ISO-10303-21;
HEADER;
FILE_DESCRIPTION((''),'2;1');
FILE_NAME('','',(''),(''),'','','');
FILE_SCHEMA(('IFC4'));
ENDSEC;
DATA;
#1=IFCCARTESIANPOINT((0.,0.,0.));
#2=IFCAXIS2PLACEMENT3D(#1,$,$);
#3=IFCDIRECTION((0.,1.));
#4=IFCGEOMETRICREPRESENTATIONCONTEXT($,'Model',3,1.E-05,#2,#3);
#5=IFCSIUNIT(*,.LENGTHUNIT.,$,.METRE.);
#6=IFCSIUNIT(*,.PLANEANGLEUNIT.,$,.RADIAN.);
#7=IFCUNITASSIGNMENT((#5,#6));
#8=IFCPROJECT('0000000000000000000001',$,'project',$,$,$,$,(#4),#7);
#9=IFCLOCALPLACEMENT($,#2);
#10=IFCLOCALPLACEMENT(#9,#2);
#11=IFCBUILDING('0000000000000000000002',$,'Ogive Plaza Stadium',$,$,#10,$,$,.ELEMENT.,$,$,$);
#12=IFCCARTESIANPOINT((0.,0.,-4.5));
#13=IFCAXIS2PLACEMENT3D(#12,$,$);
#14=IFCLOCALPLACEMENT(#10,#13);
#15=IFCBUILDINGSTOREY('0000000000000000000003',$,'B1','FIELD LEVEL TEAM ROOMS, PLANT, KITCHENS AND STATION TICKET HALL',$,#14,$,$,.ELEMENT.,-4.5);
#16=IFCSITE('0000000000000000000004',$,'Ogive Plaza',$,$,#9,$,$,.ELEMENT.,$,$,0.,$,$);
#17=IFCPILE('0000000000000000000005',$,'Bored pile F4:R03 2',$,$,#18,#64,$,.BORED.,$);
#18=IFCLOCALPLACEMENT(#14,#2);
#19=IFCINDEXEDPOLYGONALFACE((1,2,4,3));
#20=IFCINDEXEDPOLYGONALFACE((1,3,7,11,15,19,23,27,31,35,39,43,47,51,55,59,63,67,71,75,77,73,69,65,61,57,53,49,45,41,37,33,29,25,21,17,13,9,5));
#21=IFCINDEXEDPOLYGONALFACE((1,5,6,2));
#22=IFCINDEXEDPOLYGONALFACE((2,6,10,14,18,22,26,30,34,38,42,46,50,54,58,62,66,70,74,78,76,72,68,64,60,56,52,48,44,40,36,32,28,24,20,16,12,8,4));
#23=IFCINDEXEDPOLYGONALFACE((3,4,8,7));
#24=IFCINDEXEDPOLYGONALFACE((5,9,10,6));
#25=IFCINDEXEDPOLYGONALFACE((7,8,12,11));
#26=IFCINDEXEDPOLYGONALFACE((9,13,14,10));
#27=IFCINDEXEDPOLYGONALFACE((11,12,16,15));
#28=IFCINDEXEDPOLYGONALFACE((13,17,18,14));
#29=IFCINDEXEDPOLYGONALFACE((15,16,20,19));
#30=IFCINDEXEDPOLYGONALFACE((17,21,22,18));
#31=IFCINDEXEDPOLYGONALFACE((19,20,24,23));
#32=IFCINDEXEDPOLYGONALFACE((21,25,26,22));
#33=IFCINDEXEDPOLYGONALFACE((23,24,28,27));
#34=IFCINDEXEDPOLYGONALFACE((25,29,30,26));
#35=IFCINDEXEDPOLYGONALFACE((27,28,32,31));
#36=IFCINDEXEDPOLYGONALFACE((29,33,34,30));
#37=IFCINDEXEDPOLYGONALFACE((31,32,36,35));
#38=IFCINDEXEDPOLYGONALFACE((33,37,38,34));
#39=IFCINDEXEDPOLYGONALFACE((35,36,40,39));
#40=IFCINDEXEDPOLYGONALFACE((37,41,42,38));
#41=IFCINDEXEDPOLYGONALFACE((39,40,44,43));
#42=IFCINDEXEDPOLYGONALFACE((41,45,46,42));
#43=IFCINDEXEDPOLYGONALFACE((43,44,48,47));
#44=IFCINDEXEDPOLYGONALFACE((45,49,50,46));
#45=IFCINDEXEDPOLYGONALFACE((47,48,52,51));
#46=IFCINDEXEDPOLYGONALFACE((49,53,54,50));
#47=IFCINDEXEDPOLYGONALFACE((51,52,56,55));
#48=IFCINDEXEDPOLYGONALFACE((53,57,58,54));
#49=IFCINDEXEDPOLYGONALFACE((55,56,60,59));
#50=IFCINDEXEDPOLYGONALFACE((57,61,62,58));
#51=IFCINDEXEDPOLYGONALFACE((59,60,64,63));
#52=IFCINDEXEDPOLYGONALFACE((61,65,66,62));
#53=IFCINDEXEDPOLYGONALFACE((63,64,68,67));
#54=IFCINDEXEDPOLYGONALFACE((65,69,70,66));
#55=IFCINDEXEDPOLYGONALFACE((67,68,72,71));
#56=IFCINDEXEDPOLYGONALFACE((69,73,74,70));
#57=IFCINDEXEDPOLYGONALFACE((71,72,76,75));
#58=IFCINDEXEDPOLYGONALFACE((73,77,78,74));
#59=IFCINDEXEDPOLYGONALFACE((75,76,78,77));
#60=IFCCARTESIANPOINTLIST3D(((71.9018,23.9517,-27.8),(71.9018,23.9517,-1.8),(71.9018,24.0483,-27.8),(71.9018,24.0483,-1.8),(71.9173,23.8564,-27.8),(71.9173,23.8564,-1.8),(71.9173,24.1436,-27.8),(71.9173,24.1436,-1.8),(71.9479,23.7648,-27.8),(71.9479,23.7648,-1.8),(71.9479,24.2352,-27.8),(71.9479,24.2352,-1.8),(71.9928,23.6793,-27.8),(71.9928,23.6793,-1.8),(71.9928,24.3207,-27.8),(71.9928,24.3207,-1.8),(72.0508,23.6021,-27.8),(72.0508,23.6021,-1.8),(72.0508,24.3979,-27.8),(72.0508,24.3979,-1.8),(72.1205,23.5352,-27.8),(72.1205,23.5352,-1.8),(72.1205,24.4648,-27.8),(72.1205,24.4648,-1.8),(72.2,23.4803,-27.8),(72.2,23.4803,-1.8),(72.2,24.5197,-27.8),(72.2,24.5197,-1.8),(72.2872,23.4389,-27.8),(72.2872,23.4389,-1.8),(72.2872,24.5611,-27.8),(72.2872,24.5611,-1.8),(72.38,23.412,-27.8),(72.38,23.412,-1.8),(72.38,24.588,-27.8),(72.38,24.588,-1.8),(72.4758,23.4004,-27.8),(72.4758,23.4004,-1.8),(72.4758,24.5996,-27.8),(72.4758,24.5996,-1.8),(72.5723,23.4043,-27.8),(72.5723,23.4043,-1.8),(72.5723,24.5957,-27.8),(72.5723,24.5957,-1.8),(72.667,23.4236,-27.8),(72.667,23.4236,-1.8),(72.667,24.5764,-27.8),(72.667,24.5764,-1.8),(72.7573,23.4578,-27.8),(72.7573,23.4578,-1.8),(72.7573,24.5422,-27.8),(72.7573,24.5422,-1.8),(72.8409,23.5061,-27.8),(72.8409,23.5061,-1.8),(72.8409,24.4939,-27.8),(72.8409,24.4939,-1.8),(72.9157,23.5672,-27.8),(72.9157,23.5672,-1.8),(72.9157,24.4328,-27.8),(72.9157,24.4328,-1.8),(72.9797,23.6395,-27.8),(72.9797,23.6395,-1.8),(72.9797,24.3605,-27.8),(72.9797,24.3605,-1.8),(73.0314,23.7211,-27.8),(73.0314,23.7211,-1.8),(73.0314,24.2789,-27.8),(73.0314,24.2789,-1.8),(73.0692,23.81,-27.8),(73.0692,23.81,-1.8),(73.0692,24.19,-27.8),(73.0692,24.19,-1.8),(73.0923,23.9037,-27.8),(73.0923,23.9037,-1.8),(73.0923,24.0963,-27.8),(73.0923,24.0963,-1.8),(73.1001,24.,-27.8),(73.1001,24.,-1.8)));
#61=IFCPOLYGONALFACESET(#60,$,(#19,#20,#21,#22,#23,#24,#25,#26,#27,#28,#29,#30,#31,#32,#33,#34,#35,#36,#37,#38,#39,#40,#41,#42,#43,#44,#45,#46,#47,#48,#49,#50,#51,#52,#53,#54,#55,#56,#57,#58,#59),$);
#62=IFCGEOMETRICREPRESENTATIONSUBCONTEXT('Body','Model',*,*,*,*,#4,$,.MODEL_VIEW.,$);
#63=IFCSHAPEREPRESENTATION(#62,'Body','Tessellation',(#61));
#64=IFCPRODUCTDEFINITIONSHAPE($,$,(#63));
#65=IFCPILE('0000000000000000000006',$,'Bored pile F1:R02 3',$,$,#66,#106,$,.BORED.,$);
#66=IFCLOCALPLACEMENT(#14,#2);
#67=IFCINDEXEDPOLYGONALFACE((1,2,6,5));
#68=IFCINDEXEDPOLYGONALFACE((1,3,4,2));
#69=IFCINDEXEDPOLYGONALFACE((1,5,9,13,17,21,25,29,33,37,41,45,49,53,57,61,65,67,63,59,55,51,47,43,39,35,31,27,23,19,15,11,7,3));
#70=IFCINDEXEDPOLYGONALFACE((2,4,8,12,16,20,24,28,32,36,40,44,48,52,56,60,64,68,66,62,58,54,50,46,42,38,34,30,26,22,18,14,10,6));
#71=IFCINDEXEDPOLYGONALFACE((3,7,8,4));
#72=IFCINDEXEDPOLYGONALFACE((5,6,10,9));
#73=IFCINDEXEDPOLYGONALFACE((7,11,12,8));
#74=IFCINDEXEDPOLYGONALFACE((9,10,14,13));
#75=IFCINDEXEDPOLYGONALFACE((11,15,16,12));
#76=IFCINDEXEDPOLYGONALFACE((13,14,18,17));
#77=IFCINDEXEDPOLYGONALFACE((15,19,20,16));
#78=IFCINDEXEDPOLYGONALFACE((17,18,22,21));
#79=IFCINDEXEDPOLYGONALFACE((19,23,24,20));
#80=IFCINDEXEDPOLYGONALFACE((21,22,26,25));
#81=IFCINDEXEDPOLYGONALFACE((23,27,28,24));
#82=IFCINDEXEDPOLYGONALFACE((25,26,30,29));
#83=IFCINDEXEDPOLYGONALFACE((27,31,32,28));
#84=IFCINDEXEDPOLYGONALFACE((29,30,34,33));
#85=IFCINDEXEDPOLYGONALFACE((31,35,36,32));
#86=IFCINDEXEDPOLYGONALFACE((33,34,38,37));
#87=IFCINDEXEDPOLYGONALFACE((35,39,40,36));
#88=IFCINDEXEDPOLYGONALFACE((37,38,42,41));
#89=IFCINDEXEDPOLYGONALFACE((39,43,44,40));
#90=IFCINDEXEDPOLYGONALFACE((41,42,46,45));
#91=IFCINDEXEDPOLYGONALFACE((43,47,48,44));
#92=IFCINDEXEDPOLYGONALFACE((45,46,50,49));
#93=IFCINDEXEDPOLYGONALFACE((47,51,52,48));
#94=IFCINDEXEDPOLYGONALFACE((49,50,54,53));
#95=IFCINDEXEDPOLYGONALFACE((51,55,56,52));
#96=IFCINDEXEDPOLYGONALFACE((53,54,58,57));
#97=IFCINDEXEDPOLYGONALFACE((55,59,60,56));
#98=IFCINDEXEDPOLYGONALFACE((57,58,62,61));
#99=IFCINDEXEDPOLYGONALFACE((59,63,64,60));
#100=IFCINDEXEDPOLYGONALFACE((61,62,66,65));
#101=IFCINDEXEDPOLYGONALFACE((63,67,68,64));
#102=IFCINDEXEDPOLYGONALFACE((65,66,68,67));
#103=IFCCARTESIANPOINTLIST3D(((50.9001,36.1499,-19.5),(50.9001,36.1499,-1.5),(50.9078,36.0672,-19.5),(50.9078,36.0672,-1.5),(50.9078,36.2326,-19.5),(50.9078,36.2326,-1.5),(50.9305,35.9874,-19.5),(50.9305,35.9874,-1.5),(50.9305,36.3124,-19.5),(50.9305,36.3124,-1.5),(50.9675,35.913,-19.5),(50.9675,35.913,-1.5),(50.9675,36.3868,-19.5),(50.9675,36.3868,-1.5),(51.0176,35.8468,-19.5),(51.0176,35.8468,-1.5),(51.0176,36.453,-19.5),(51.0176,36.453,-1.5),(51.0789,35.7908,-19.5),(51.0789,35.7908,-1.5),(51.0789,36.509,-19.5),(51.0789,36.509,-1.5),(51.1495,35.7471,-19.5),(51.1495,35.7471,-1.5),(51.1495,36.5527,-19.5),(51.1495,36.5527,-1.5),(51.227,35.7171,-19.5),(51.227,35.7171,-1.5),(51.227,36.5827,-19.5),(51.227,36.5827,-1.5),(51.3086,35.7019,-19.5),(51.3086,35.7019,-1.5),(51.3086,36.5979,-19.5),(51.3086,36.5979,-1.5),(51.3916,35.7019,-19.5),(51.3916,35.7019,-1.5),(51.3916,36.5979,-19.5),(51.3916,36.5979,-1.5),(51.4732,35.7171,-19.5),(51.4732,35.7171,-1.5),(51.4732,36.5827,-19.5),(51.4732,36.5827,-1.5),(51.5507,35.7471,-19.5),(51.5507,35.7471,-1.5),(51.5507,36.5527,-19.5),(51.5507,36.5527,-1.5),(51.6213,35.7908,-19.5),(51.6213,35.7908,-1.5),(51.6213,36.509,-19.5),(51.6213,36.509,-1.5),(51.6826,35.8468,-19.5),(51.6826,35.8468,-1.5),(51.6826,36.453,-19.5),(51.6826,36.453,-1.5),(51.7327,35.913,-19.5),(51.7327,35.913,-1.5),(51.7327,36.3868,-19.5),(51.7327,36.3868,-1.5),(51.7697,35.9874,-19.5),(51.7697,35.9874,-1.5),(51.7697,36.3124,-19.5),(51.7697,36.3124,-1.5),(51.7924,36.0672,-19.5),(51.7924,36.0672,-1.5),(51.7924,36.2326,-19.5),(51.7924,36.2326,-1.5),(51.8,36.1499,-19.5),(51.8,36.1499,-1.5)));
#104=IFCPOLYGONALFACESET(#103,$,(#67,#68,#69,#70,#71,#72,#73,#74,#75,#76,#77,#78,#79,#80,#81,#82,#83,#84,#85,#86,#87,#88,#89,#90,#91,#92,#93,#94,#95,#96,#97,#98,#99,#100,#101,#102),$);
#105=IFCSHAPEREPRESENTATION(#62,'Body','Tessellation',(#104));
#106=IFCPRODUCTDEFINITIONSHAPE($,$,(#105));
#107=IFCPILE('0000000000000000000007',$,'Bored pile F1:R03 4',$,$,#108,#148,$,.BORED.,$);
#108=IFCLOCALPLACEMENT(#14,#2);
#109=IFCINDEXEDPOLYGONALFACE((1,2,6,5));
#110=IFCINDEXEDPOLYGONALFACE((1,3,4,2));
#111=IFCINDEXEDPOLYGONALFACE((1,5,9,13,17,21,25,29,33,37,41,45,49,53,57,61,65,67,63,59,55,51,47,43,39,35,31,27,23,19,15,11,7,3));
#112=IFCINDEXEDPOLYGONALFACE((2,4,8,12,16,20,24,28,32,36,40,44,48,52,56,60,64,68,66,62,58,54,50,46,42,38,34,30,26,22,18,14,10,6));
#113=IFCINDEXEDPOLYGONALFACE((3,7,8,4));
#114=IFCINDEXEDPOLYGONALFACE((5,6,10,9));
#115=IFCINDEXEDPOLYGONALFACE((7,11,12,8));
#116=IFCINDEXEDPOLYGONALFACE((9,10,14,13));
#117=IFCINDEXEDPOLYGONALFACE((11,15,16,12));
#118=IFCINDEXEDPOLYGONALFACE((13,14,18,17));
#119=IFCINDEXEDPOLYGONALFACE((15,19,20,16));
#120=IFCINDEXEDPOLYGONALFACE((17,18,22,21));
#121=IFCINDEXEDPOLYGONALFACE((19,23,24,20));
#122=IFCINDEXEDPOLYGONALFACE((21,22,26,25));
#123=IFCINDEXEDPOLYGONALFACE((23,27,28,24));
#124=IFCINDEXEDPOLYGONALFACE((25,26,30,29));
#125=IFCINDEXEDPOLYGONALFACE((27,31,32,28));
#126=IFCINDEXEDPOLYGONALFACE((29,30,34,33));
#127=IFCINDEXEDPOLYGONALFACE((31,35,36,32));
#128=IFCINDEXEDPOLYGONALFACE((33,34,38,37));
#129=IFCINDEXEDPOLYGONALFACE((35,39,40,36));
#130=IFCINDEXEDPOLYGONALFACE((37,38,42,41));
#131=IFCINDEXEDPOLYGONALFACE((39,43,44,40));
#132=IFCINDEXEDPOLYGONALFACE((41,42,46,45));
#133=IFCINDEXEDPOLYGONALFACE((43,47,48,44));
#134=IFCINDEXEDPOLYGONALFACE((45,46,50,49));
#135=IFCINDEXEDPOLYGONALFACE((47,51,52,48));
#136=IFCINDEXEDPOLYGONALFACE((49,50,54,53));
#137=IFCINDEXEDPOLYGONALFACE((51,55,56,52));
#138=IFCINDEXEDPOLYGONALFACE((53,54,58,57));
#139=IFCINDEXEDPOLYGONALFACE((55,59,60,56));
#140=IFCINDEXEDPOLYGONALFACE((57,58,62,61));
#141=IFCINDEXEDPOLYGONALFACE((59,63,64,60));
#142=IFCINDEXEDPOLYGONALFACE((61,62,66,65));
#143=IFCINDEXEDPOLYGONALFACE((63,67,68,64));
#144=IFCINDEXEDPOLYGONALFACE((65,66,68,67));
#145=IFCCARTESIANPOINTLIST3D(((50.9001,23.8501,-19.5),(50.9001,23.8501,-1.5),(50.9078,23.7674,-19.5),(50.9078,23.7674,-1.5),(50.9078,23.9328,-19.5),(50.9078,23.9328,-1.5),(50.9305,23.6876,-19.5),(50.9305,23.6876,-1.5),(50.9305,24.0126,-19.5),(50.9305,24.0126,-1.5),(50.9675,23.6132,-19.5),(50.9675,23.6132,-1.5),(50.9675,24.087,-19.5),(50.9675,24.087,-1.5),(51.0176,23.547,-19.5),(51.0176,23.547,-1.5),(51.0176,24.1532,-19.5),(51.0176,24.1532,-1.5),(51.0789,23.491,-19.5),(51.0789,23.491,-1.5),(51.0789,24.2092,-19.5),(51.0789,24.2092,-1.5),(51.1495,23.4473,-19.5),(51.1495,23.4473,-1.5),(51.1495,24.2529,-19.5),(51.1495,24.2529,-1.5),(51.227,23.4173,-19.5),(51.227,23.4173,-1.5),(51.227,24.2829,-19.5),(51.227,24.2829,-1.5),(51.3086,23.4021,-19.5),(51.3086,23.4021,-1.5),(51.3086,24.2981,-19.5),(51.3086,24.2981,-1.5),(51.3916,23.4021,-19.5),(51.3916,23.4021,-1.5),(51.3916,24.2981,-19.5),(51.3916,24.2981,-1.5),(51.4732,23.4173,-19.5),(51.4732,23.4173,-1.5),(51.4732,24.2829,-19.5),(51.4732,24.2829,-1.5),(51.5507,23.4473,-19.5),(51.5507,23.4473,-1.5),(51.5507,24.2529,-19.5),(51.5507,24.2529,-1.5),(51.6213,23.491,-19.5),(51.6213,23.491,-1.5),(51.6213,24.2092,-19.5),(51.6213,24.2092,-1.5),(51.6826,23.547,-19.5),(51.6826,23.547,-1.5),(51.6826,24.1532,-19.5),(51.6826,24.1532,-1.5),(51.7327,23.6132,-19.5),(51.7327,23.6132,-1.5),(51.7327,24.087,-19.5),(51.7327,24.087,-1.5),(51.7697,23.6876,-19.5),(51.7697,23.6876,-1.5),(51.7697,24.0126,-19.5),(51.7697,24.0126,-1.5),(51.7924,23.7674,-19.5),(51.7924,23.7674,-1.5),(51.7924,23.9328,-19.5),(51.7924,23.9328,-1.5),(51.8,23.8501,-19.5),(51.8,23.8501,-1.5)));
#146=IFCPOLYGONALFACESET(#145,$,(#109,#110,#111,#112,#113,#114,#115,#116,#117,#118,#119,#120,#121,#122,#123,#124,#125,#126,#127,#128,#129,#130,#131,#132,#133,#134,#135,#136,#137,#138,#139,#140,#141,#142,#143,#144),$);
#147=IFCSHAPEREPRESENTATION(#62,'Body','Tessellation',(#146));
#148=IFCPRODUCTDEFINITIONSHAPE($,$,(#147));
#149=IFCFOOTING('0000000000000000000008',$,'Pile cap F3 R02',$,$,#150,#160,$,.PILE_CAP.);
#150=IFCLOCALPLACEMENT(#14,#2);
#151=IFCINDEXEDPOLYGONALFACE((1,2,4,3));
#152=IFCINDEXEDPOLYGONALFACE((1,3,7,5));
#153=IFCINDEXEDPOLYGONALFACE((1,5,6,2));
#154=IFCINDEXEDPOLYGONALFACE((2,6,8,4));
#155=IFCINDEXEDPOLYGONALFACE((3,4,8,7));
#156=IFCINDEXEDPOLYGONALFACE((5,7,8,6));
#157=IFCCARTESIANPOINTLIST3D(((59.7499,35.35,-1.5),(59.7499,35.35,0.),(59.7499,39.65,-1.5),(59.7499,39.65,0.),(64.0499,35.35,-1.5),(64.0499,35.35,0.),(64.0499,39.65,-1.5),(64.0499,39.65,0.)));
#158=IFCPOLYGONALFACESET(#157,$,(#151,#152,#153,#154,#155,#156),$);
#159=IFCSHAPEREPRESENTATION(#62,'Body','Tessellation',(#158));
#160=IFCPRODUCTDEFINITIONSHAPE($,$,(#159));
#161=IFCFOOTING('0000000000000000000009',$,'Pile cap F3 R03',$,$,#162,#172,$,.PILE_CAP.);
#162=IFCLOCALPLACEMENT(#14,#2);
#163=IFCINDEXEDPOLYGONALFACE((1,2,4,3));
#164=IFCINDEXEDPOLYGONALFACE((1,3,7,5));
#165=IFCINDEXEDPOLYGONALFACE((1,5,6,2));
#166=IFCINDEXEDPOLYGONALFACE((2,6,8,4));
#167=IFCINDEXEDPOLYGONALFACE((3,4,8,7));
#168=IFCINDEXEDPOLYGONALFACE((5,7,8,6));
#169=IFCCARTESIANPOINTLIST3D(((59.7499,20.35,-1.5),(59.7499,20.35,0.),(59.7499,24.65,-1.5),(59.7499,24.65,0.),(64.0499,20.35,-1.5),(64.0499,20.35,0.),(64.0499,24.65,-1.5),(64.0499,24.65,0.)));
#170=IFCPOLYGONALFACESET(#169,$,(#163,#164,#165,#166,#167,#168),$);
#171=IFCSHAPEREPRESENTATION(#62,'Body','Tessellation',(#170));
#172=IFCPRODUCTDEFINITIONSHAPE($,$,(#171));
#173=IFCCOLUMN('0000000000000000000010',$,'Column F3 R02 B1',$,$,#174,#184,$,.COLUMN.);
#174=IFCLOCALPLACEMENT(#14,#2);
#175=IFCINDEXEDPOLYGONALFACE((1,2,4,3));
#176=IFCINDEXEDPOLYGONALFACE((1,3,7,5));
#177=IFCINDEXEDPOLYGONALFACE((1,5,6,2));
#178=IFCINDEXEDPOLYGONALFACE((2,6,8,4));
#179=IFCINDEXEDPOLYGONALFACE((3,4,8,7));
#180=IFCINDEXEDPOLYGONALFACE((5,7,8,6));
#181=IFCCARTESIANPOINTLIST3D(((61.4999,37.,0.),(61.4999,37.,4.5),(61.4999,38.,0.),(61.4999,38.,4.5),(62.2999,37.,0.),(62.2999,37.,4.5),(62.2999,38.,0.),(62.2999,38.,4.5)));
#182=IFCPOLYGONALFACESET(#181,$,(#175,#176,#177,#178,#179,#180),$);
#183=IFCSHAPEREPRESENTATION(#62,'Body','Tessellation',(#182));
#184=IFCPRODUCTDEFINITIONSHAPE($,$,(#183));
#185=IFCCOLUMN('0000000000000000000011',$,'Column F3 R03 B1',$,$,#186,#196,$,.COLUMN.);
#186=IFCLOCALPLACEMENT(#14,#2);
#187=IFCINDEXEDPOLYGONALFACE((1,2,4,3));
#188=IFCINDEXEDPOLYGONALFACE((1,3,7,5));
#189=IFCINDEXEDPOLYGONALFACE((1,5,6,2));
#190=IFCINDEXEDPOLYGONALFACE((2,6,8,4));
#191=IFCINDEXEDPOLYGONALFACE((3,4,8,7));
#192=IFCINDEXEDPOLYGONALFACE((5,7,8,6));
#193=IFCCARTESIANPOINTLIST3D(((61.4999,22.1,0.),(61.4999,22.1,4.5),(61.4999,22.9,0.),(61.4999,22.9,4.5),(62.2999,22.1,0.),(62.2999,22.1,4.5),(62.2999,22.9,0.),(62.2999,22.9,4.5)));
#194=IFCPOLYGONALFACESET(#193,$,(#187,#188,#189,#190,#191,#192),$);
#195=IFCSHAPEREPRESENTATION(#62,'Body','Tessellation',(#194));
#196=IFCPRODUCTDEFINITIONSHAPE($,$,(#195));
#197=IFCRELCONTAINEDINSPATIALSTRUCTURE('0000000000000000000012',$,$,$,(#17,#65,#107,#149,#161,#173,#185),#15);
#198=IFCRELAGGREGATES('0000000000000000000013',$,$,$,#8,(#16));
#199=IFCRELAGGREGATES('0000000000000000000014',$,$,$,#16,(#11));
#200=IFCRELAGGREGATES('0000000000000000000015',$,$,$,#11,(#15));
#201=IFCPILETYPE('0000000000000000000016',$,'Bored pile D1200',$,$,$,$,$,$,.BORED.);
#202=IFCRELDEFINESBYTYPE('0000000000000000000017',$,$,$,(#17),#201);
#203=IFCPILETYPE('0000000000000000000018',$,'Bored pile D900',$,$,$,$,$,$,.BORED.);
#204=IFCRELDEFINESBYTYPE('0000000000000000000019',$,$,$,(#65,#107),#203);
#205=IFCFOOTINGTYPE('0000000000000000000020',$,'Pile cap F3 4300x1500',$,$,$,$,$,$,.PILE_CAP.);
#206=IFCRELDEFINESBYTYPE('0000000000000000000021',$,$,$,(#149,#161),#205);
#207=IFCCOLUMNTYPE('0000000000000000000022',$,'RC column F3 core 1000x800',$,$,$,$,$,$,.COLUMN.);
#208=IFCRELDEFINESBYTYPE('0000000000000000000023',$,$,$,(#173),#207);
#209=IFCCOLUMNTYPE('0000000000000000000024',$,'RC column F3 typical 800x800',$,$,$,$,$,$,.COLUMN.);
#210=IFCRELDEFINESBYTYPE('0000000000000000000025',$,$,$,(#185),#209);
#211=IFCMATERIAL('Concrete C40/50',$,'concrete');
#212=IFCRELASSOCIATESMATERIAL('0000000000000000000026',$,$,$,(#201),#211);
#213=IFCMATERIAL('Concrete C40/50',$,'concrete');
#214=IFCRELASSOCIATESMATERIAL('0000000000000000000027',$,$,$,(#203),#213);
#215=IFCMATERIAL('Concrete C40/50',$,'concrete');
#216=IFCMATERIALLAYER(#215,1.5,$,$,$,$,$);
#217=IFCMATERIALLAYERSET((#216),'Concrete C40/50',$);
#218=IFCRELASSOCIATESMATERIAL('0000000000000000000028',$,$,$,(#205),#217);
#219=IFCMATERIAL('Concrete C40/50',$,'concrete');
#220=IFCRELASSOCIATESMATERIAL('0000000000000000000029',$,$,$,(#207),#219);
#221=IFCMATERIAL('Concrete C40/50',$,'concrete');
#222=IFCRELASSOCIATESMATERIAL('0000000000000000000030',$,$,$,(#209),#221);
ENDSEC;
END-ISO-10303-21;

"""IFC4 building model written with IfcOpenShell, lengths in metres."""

from ifc_helpers import new_model, si_unit, direction, frame, origin, origin_2d, place, context, subcontext, project, spatial, rectangle, circle, extrude, material, layer, layer_set, material_profile, profile_set, type_object, element, save


model = new_model("IFC4")

# Units and contexts
model_context = context("Model", 3, precision=1e-05, world=origin(), true_north=direction((0.0, 1.0)))
body_context = subcontext(model_context, "Body", "Model", "MODEL_VIEW")
ifc_project = project(units=[si_unit("LENGTHUNIT", "METRE"), si_unit("PLANEANGLEUNIT", "RADIAN")], contexts=[model_context])

# Site, building, storey
site_placement = place(None, origin())
site = spatial("IfcSite", under=ifc_project, at=site_placement, Name="Ogive Plaza", CompositionType="ELEMENT", RefElevation=0.0)
building_placement = place(site_placement, origin())
building = spatial("IfcBuilding", under=site, at=building_placement, Name="Ogive Plaza Stadium", CompositionType="ELEMENT")
storey_placement = place(building_placement, frame((0.0, 0.0, -4.5)))
storey = spatial("IfcBuildingStorey", under=building, at=storey_placement, Name="B1", Description="FIELD LEVEL TEAM ROOMS, PLANT, KITCHENS AND STATION TICKET HALL", CompositionType="ELEMENT", Elevation=-4.5)

# Piles
ifc_material_1 = material(Name="Concrete C40/50", Category="concrete")
ifc_material_profile_1 = material_profile(ifc_material_1, circle(Radius=0.6001, at=origin_2d()), Name="RC D1200")
ifc_profile_set_1 = profile_set([ifc_material_profile_1], Name="Concrete C40/50")
pile_type_1 = type_object("IfcPileType", Name="Bored pile D1200", PredefinedType="BORED", material=ifc_profile_set_1)
pile_placement = place(storey_placement, frame((72.5, 24.0, -1.8), z_axis=(0.0, 0.0, -1.0), x_axis=(1.0, 0.0, 0.0)))
element("IfcPile", 1, at=pile_placement, inside=storey, type_object=pile_type_1, Name="Bored pile F4:R03 2", PredefinedType="BORED", context=body_context, shape_type="SweptSolid", body=[
    extrude(circle(Radius=0.6001, at=origin_2d()), origin(), (0.0, 0.0, 1.0), 26.0),
])
ifc_material_2 = material(Name="Concrete C40/50", Category="concrete")
ifc_material_profile_2 = material_profile(ifc_material_2, circle(Radius=0.45, at=origin_2d()), Name="RC D900")
ifc_profile_set_2 = profile_set([ifc_material_profile_2], Name="Concrete C40/50")
pile_type_2 = type_object("IfcPileType", Name="Bored pile D900", PredefinedType="BORED", material=ifc_profile_set_2)
for number, where, z_axis, x_axis, name in (
    (2, (51.3501, 36.1499, -1.5), (0.0, 0.0, -1.0), (1.0, 0.0, 0.0), "Bored pile F1:R02 3"),
    (3, (51.3501, 23.8501, -1.5), (0.0, 0.0, -1.0), (1.0, 0.0, 0.0), "Bored pile F1:R03 4"),
):
    element("IfcPile", number, at=place(storey_placement, frame(where, z_axis=z_axis, x_axis=x_axis)), inside=storey, type_object=pile_type_2, Name=name, PredefinedType="BORED", context=body_context, shape_type="SweptSolid", body=[
        extrude(circle(Radius=0.45, at=origin_2d()), origin(), (0.0, 0.0, 1.0), 18.0),
    ])

# Footings
ifc_material_3 = material(Name="Concrete C40/50", Category="concrete")
ifc_layer_1 = layer(ifc_material_3, 1.5)
ifc_layer_set_1 = layer_set([ifc_layer_1], Name="Concrete C40/50")
footing_type = type_object("IfcFootingType", Name="Pile cap F3 4300x1500", PredefinedType="PILE_CAP", material=ifc_layer_set_1)
for number, where, z_axis, x_axis, name in (
    (4, (61.8999, 37.5, -1.5), (0.0, 0.0, 1.0), (1.0, 0.0, 0.0), "Pile cap F3 R02"),
    (5, (61.8999, 22.5, -1.5), (0.0, 0.0, 1.0), (1.0, 0.0, 0.0), "Pile cap F3 R03"),
):
    element("IfcFooting", number, at=place(storey_placement, frame(where, z_axis=z_axis, x_axis=x_axis)), inside=storey, type_object=footing_type, Name=name, PredefinedType="PILE_CAP", context=body_context, shape_type="SweptSolid", body=[
        extrude(rectangle(XDim=4.3, YDim=4.3, at=origin_2d()), origin(), (0.0, 0.0, 1.0), 1.5),
    ])

# Columns
ifc_material_4 = material(Name="Concrete C40/50", Category="concrete")
ifc_material_profile_3 = material_profile(ifc_material_4, rectangle(XDim=1.0, YDim=0.8, at=origin_2d()), Name="RC 1000x800")
ifc_profile_set_3 = profile_set([ifc_material_profile_3], Name="Concrete C40/50")
column_type_1 = type_object("IfcColumnType", Name="RC column F3 core 1000x800", PredefinedType="COLUMN", material=ifc_profile_set_3)
column_1_placement = place(storey_placement, frame((61.8999, 37.5, 0.0), z_axis=(0.0, 0.0, 1.0), x_axis=(0.0, 1.0, 0.0)))
element("IfcColumn", 6, at=column_1_placement, inside=storey, type_object=column_type_1, Name="Column F3 R02 B1", PredefinedType="COLUMN", context=body_context, shape_type="SweptSolid", body=[
    extrude(rectangle(XDim=1.0, YDim=0.8, at=origin_2d()), origin(), (0.0, 0.0, 1.0), 4.5),
])
ifc_material_5 = material(Name="Concrete C40/50", Category="concrete")
ifc_material_profile_4 = material_profile(ifc_material_5, rectangle(XDim=0.8, YDim=0.8, at=origin_2d()), Name="RC 800x800")
ifc_profile_set_4 = profile_set([ifc_material_profile_4], Name="Concrete C40/50")
column_type_2 = type_object("IfcColumnType", Name="RC column F3 typical 800x800", PredefinedType="COLUMN", material=ifc_profile_set_4)
column_2_placement = place(storey_placement, frame((61.8999, 22.5, 0.0), z_axis=(0.0, 0.0, 1.0), x_axis=(0.0, 1.0, 0.0)))
element("IfcColumn", 7, at=column_2_placement, inside=storey, type_object=column_type_2, Name="Column F3 R03 B1", PredefinedType="COLUMN", context=body_context, shape_type="SweptSolid", body=[
    extrude(rectangle(XDim=0.8, YDim=0.8, at=origin_2d()), origin(), (0.0, 0.0, 1.0), 4.5),
])

save(model, "model.ifc")
